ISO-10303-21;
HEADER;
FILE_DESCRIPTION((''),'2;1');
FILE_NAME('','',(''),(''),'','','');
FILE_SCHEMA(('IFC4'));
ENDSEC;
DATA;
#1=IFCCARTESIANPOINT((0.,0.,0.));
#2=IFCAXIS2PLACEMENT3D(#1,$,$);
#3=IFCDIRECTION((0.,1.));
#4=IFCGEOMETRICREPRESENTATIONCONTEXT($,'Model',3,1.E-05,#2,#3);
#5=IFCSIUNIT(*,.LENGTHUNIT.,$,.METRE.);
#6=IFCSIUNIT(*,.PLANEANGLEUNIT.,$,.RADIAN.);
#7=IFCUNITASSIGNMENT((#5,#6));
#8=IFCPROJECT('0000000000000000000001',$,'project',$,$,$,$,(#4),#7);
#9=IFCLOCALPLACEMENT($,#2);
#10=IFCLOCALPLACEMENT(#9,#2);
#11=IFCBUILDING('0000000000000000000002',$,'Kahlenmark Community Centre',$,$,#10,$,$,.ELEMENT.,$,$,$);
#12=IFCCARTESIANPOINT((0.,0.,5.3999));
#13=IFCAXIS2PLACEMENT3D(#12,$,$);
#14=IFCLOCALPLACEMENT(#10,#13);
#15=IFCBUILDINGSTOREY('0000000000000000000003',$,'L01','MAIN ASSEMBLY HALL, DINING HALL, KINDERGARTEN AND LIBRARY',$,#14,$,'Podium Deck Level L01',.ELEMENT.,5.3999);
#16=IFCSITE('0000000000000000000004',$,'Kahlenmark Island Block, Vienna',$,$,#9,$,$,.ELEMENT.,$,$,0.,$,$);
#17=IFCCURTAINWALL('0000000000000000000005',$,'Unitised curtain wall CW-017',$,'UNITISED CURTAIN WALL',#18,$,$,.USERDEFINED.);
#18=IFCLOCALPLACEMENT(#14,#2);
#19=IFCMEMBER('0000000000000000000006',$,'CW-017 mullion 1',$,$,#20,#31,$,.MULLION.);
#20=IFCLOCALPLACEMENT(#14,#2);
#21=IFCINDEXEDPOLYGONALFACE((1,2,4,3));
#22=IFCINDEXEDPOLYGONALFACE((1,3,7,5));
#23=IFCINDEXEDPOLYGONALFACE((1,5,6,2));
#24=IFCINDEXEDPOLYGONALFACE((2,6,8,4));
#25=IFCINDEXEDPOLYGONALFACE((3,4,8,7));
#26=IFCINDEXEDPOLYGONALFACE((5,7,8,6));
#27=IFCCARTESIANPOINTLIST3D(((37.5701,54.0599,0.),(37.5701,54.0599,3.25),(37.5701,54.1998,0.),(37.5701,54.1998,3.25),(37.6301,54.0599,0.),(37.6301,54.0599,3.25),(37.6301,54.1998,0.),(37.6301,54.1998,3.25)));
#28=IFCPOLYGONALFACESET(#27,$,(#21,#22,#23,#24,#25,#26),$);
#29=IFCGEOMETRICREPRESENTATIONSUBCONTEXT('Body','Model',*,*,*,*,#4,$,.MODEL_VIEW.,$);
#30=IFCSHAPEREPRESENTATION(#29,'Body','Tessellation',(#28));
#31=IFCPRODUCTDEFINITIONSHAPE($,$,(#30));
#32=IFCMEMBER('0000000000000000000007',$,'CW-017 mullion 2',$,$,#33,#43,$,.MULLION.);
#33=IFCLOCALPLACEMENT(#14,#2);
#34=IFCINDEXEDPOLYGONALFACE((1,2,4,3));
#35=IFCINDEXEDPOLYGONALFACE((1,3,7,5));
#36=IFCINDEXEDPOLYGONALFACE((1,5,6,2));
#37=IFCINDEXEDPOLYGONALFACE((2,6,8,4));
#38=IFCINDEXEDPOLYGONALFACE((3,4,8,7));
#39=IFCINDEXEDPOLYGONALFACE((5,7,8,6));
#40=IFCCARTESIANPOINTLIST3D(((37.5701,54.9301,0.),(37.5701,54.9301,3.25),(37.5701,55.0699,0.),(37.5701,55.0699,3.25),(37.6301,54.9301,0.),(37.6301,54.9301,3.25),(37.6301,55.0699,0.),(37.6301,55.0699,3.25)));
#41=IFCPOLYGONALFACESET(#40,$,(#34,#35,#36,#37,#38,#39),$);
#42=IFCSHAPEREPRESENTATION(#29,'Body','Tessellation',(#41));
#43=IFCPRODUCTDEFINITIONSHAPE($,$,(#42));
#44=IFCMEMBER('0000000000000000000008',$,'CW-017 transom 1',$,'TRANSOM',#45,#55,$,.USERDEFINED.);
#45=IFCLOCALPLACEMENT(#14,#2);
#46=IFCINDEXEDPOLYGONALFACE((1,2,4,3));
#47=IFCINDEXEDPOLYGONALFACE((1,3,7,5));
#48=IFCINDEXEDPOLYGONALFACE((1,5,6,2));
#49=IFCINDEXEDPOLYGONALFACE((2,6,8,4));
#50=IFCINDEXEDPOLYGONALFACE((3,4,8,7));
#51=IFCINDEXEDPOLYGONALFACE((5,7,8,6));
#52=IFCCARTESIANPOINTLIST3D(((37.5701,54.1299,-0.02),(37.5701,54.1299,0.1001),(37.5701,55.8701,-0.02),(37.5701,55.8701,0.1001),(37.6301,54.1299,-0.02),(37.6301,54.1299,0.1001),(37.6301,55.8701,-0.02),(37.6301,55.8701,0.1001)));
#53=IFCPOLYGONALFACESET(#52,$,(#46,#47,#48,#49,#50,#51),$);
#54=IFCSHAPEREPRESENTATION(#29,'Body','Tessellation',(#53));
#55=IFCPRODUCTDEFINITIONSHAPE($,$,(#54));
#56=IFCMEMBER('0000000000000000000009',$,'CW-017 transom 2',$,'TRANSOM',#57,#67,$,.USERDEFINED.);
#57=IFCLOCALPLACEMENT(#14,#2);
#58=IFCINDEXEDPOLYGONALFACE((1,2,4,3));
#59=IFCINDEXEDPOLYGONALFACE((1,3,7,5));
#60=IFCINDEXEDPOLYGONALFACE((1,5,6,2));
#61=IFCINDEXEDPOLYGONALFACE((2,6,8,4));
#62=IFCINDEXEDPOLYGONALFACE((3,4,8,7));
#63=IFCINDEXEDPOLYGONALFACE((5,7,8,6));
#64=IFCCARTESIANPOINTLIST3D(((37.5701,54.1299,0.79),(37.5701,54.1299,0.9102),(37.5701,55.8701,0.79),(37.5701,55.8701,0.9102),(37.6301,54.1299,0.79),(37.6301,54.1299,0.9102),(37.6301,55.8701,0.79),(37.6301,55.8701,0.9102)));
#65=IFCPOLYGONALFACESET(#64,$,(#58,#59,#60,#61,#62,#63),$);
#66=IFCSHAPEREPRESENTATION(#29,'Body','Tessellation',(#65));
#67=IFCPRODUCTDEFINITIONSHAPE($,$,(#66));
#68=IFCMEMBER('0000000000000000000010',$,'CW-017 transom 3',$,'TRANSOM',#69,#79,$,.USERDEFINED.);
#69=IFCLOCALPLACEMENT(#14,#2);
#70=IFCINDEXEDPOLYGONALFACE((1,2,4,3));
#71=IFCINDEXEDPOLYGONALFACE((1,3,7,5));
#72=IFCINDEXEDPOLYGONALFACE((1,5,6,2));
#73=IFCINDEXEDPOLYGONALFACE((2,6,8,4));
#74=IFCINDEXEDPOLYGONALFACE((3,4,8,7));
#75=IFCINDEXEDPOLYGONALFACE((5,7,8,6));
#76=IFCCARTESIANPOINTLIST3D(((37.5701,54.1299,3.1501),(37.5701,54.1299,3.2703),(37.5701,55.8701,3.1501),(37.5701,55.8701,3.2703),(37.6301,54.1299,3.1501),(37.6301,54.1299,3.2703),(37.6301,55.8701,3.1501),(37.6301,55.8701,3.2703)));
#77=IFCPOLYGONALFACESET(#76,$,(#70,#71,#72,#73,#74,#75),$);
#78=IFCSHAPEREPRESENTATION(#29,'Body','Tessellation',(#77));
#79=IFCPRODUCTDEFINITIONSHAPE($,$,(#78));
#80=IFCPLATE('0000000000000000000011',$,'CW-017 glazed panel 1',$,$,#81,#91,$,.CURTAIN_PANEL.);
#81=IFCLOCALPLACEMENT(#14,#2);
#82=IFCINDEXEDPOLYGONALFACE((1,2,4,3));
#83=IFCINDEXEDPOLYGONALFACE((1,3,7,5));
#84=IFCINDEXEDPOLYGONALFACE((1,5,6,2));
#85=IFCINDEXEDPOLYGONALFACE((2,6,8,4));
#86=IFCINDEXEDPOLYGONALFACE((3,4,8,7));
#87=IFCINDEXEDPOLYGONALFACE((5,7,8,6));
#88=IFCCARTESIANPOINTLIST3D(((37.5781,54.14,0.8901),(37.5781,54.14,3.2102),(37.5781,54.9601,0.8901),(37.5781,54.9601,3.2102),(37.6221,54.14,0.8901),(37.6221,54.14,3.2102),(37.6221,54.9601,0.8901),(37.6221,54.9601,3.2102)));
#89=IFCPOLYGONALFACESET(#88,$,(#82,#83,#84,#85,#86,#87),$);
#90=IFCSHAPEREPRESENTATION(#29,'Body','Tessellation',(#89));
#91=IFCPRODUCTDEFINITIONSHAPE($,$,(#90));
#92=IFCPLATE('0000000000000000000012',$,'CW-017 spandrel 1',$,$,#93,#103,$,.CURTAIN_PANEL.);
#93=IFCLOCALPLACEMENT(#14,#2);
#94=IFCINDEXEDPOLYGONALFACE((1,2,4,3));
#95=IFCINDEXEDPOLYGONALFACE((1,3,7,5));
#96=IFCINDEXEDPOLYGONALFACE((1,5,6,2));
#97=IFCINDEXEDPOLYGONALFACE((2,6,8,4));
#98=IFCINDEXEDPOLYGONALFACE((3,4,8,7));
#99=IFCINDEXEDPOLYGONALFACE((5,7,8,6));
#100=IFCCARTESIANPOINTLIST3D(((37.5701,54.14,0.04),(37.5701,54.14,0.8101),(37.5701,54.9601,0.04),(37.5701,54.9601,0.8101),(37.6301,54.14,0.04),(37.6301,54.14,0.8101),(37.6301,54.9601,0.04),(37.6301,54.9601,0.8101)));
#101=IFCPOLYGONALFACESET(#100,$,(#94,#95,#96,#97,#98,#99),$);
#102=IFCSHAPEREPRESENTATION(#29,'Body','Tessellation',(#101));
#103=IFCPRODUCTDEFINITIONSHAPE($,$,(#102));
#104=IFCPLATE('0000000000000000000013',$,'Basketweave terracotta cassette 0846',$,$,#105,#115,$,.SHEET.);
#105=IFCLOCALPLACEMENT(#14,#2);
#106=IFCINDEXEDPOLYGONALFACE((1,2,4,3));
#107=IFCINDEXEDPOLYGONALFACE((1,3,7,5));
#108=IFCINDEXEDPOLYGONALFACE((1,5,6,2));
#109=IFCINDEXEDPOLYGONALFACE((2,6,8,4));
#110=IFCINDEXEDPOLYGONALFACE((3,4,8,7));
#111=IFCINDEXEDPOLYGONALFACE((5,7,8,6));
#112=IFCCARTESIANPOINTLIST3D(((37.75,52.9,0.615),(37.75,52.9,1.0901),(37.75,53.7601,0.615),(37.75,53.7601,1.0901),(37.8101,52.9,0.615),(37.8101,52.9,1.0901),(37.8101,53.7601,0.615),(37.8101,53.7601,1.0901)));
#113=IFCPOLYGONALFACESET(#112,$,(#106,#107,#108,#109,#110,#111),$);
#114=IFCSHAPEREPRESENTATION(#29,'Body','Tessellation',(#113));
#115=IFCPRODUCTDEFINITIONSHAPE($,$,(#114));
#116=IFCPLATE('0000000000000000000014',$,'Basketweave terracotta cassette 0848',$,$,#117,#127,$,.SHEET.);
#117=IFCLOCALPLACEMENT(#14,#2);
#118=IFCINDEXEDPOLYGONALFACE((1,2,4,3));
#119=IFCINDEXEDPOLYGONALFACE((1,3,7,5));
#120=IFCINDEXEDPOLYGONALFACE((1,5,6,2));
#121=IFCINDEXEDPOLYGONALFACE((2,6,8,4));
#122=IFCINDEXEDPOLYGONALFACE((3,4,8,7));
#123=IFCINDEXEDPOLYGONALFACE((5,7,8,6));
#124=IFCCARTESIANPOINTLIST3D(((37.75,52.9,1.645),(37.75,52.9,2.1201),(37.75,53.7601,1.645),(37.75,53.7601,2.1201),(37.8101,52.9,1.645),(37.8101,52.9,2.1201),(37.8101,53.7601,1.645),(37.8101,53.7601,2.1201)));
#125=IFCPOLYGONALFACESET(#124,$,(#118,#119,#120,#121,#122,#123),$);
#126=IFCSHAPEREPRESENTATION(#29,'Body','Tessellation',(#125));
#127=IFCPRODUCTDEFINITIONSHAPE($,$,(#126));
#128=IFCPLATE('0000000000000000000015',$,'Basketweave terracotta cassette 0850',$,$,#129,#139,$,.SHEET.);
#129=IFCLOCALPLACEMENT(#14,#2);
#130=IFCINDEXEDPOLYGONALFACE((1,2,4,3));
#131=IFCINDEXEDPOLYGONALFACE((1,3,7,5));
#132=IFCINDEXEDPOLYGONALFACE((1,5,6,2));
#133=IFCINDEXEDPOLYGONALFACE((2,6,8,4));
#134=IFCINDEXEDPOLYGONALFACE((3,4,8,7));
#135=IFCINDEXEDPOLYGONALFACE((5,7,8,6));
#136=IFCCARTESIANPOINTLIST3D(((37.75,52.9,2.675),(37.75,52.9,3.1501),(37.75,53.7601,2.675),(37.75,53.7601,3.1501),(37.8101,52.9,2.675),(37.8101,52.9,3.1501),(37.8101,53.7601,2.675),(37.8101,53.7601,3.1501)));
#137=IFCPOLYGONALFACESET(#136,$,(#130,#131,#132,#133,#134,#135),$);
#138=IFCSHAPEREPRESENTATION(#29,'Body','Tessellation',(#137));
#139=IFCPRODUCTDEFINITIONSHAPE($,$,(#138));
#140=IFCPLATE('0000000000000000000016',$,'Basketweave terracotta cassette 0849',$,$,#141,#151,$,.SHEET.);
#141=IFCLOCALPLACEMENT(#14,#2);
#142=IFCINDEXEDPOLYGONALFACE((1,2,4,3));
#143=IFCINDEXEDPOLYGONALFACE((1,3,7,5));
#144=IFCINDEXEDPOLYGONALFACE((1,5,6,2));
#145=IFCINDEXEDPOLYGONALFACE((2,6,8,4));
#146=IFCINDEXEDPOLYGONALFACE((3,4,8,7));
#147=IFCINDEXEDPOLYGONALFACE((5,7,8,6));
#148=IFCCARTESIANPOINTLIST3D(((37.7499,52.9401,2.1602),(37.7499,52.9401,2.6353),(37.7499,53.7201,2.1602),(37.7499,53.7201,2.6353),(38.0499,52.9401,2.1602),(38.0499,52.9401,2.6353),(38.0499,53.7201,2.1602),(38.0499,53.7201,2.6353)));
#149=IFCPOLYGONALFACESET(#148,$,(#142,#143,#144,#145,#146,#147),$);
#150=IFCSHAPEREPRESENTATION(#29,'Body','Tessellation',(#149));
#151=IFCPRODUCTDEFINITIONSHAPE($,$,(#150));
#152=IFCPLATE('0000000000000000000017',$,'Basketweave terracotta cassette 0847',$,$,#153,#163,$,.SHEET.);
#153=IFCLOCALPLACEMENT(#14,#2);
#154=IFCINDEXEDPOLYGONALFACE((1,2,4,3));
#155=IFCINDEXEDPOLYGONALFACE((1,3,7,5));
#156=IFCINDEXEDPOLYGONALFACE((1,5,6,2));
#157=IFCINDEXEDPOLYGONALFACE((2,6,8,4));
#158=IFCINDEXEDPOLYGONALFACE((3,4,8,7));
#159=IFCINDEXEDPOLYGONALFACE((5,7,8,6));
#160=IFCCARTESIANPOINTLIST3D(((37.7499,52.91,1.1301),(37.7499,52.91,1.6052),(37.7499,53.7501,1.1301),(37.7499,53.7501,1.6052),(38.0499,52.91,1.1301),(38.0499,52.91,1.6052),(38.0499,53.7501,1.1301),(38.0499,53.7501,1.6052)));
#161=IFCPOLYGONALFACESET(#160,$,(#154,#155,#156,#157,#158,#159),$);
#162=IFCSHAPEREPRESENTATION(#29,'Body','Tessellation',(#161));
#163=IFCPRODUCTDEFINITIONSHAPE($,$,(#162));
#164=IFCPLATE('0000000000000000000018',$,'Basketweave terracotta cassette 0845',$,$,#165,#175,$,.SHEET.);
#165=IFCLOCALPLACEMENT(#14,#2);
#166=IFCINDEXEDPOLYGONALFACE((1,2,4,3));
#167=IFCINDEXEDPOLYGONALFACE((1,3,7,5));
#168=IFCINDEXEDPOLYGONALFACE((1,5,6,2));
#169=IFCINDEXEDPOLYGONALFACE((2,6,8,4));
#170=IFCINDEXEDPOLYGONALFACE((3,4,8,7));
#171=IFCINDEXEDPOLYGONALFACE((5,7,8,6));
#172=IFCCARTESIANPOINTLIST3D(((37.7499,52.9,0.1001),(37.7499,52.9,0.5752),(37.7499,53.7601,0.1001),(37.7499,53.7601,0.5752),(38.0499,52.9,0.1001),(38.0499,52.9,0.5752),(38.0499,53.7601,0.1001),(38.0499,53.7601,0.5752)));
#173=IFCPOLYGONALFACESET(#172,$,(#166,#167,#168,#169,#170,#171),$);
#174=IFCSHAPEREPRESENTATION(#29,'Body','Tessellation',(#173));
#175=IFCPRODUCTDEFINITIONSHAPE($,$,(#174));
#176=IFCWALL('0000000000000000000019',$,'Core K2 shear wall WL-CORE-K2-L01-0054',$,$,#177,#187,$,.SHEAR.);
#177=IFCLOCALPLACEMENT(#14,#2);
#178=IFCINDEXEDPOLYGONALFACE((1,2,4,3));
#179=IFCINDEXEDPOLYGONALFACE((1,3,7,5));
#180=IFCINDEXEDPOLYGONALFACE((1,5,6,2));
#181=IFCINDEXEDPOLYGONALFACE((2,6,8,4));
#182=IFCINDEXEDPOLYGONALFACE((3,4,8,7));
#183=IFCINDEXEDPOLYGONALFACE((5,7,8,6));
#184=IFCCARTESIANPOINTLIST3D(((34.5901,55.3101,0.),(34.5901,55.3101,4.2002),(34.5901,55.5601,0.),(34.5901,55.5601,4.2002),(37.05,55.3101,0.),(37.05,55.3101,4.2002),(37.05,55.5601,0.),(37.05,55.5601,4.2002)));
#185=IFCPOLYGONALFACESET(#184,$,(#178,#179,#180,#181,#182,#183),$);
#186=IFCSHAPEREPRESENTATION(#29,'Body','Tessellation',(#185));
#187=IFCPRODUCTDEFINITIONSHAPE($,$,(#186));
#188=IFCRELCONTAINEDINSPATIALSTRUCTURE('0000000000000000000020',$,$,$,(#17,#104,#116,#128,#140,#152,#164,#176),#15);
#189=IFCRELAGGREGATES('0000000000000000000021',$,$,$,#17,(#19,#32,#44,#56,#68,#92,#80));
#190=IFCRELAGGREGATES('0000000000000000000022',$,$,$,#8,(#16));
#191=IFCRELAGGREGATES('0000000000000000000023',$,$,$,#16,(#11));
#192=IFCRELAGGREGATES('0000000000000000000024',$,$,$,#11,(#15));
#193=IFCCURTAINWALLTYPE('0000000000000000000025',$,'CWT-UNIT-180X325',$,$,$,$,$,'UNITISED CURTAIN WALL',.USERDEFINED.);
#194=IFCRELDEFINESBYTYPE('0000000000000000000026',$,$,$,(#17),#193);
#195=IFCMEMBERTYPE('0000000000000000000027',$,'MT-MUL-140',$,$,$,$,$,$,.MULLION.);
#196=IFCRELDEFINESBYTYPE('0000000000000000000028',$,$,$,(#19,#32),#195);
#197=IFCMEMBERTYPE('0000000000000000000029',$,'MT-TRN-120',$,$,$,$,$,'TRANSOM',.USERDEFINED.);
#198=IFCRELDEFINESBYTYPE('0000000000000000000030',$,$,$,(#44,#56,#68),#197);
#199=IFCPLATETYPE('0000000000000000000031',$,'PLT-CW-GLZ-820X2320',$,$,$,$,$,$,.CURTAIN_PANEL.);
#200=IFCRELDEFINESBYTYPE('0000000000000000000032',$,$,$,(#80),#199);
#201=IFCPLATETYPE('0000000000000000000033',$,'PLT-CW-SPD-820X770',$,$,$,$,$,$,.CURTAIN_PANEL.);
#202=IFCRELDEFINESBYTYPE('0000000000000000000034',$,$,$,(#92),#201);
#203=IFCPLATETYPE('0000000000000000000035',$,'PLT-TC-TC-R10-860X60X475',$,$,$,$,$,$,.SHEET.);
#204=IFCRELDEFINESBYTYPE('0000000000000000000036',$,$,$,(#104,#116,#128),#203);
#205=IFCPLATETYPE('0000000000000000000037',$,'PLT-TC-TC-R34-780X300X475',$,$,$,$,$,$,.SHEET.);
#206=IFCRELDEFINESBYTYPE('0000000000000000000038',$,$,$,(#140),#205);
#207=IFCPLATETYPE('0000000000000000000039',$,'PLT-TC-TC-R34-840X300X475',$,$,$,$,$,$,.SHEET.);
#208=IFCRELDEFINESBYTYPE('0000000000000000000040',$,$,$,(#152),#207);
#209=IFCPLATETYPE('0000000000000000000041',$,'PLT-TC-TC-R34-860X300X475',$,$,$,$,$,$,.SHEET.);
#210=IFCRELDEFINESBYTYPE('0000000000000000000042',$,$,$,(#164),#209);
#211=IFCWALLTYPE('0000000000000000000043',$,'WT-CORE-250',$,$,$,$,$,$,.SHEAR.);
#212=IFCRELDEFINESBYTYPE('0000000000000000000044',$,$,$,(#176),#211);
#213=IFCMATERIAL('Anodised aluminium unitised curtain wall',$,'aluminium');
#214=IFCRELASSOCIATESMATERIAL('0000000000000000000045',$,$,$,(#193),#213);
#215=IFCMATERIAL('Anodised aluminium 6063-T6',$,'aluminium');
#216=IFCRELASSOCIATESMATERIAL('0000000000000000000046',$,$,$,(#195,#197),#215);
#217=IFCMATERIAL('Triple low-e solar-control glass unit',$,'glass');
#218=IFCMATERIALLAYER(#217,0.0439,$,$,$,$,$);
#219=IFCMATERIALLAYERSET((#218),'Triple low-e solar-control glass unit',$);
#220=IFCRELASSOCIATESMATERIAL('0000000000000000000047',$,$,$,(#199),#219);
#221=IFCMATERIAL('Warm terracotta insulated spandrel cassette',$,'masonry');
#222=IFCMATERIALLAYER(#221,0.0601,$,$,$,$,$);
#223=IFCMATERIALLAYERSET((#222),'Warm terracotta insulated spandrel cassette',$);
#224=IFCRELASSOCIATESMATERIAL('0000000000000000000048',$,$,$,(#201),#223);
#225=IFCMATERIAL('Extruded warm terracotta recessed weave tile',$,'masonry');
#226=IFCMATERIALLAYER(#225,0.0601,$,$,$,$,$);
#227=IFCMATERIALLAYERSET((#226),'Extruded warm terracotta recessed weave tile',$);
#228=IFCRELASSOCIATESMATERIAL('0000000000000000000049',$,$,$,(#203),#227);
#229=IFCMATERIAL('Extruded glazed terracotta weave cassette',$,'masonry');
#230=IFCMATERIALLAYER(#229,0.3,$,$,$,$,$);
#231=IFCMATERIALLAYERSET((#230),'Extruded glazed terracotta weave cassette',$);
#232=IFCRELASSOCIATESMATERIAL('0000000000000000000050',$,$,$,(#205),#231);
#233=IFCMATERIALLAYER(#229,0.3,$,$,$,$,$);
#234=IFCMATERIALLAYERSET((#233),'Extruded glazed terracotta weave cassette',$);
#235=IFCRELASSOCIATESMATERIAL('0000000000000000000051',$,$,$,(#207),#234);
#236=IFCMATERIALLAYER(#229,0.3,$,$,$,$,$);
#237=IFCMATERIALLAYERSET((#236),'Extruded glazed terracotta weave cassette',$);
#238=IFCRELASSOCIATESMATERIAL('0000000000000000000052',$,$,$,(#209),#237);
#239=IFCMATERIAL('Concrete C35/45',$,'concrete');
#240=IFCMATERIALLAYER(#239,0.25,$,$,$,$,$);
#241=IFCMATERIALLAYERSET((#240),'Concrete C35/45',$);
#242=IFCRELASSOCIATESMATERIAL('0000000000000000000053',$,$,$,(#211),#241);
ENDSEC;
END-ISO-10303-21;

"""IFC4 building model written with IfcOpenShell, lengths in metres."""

from ifc_helpers import new_model, si_unit, direction, frame, frame_2d, origin, origin_2d, place, context, subcontext, project, spatial, rectangle, extrude, material, layer, layer_set, material_profile, profile_set, type_object, element, aggregate, save


model = new_model("IFC4")

# Units and contexts
model_context = context("Model", 3, precision=1e-05, world=origin(), true_north=direction((0.0, 1.0)))
body_context = subcontext(model_context, "Body", "Model", "MODEL_VIEW")
ifc_project = project(units=[si_unit("LENGTHUNIT", "METRE"), si_unit("PLANEANGLEUNIT", "RADIAN")], contexts=[model_context])

# Site, building, storey
site_placement = place(None, origin())
site = spatial("IfcSite", under=ifc_project, at=site_placement, Name="Kahlenmark Island Block, Vienna", CompositionType="ELEMENT", RefElevation=0.0)
building_placement = place(site_placement, origin())
building = spatial("IfcBuilding", under=site, at=building_placement, Name="Kahlenmark Community Centre", CompositionType="ELEMENT")
storey_placement = place(building_placement, frame((0.0, 0.0, 5.3999)))
storey = spatial("IfcBuildingStorey", under=building, at=storey_placement, Name="L01", Description="MAIN ASSEMBLY HALL, DINING HALL, KINDERGARTEN AND LIBRARY", LongName="Podium Deck Level L01", CompositionType="ELEMENT", Elevation=5.3999)

# Curtain wall, members, plates
ifc_material_1 = material(Name="Anodised aluminium unitised curtain wall", Category="aluminium")
curtain_wall_type = type_object("IfcCurtainWallType", Name="CWT-UNIT-180X325", ElementType="UNITISED CURTAIN WALL", PredefinedType="USERDEFINED", material=ifc_material_1)
curtain_wall_placement = place(storey_placement, origin())
curtain_wall = element("IfcCurtainWall", 1, at=curtain_wall_placement, inside=storey, type_object=curtain_wall_type, Name="Unitised curtain wall CW-017", ObjectType="UNITISED CURTAIN WALL", PredefinedType="USERDEFINED")
ifc_material_2 = material(Name="Anodised aluminium 6063-T6", Category="aluminium")
ifc_material_profile_1 = material_profile(ifc_material_2, rectangle(XDim=0.0601, YDim=0.1399, at=origin_2d()), Name="ALU MULLION 60x140")
ifc_profile_set_1 = profile_set([ifc_material_profile_1], Name="Anodised aluminium 6063-T6")
member_type_1 = type_object("IfcMemberType", Name="MT-MUL-140", PredefinedType="MULLION", material=ifc_profile_set_1)
member_1_placement = place(storey_placement, frame((37.6001, 54.1299, 0.0), z_axis=(0.0, 0.0, 1.0), x_axis=(-1.0, 0.0, 0.0)))
member_1 = element("IfcMember", 2, at=member_1_placement, type_object=member_type_1, Name="CW-017 mullion 1", PredefinedType="MULLION", context=body_context, shape_type="SweptSolid", body=[
    extrude(rectangle(XDim=0.0601, YDim=0.1399, at=origin_2d()), origin(), (0.0, 0.0, 1.0), 3.25),
])
member_2_placement = place(storey_placement, frame((37.6001, 55.0, 0.0), z_axis=(0.0, 0.0, 1.0), x_axis=(-1.0, 0.0, 0.0)))
member_2 = element("IfcMember", 3, at=member_2_placement, type_object=member_type_1, Name="CW-017 mullion 2", PredefinedType="MULLION", context=body_context, shape_type="SweptSolid", body=[
    extrude(rectangle(XDim=0.0601, YDim=0.1399, at=origin_2d()), origin(), (0.0, 0.0, 1.0), 3.25),
])
ifc_material_profile_2 = material_profile(ifc_material_2, rectangle(XDim=0.0601, YDim=0.1201, at=origin_2d()), Name="ALU TRANSOM 60x120")
ifc_profile_set_2 = profile_set([ifc_material_profile_2], Name="Anodised aluminium 6063-T6")
member_type_2 = type_object("IfcMemberType", Name="MT-TRN-120", ElementType="TRANSOM", PredefinedType="USERDEFINED", material=ifc_profile_set_2)
member_3_placement = place(storey_placement, frame((37.6001, 54.1299, 0.04), z_axis=(0.0, 1.0, 0.0), x_axis=(-1.0, 0.0, 0.0)))
member_3 = element("IfcMember", 4, at=member_3_placement, type_object=member_type_2, Name="CW-017 transom 1", ObjectType="TRANSOM", PredefinedType="USERDEFINED", context=body_context, shape_type="SweptSolid", body=[
    extrude(rectangle(XDim=0.0601, YDim=0.1201, at=origin_2d()), origin(), (0.0, 0.0, 1.0), 1.7402),
])
member_4_placement = place(storey_placement, frame((37.6001, 54.1299, 0.8501), z_axis=(0.0, 1.0, 0.0), x_axis=(-1.0, 0.0, 0.0)))
member_4 = element("IfcMember", 5, at=member_4_placement, type_object=member_type_2, Name="CW-017 transom 2", ObjectType="TRANSOM", PredefinedType="USERDEFINED", context=body_context, shape_type="SweptSolid", body=[
    extrude(rectangle(XDim=0.0601, YDim=0.1201, at=origin_2d()), origin(), (0.0, 0.0, 1.0), 1.7402),
])
member_5_placement = place(storey_placement, frame((37.6001, 54.1299, 3.2102), z_axis=(0.0, 1.0, 0.0), x_axis=(-1.0, 0.0, 0.0)))
member_5 = element("IfcMember", 6, at=member_5_placement, type_object=member_type_2, Name="CW-017 transom 3", ObjectType="TRANSOM", PredefinedType="USERDEFINED", context=body_context, shape_type="SweptSolid", body=[
    extrude(rectangle(XDim=0.0601, YDim=0.1201, at=origin_2d()), origin(), (0.0, 0.0, 1.0), 1.7402),
])
ifc_material_3 = material(Name="Triple low-e solar-control glass unit", Category="glass")
ifc_layer_1 = layer(ifc_material_3, 0.0439)
ifc_layer_set_1 = layer_set([ifc_layer_1], Name="Triple low-e solar-control glass unit")
plate_type_1 = type_object("IfcPlateType", Name="PLT-CW-GLZ-820X2320", PredefinedType="CURTAIN_PANEL", material=ifc_layer_set_1)
plate_1_placement = place(storey_placement, frame((37.6001, 54.55, 0.8901), z_axis=(0.0, 0.0, 1.0), x_axis=(0.0, 1.0, 0.0)))
plate_1 = element("IfcPlate", 7, at=plate_1_placement, type_object=plate_type_1, Name="CW-017 glazed panel 1", PredefinedType="CURTAIN_PANEL", context=body_context, shape_type="SweptSolid", body=[
    extrude(rectangle(XDim=0.8201, YDim=0.0439, at=origin_2d()), origin(), (0.0, 0.0, 1.0), 2.3201),
])
ifc_material_4 = material(Name="Warm terracotta insulated spandrel cassette", Category="masonry")
ifc_layer_2 = layer(ifc_material_4, 0.0601)
ifc_layer_set_2 = layer_set([ifc_layer_2], Name="Warm terracotta insulated spandrel cassette")
plate_type_2 = type_object("IfcPlateType", Name="PLT-CW-SPD-820X770", PredefinedType="CURTAIN_PANEL", material=ifc_layer_set_2)
plate_2_placement = place(storey_placement, frame((37.6001, 54.55, 0.04), z_axis=(0.0, 0.0, 1.0), x_axis=(0.0, 1.0, 0.0)))
plate_2 = element("IfcPlate", 8, at=plate_2_placement, type_object=plate_type_2, Name="CW-017 spandrel 1", PredefinedType="CURTAIN_PANEL", context=body_context, shape_type="SweptSolid", body=[
    extrude(rectangle(XDim=0.8201, YDim=0.0601, at=origin_2d()), origin(), (0.0, 0.0, 1.0), 0.77),
])
aggregate(curtain_wall, [member_1, member_2, member_3, member_4, member_5, plate_2, plate_1])

# Plates
ifc_material_5 = material(Name="Extruded warm terracotta recessed weave tile", Category="masonry")
ifc_layer_3 = layer(ifc_material_5, 0.0601)
ifc_layer_set_3 = layer_set([ifc_layer_3], Name="Extruded warm terracotta recessed weave tile")
plate_type_3 = type_object("IfcPlateType", Name="PLT-TC-TC-R10-860X60X475", PredefinedType="SHEET", material=ifc_layer_set_3)
for number, where, z_axis, x_axis, name in (
    (9, (37.78, 53.3301, 0.615), (0.0, 0.0, 1.0), (0.0, 1.0, 0.0), "Basketweave terracotta cassette 0846"),
    (10, (37.78, 53.3301, 1.645), (0.0, 0.0, 1.0), (0.0, 1.0, 0.0), "Basketweave terracotta cassette 0848"),
    (11, (37.78, 53.3301, 2.675), (0.0, 0.0, 1.0), (0.0, 1.0, 0.0), "Basketweave terracotta cassette 0850"),
):
    element("IfcPlate", number, at=place(storey_placement, frame(where, z_axis=z_axis, x_axis=x_axis)), inside=storey, type_object=plate_type_3, Name=name, PredefinedType="SHEET", context=body_context, shape_type="SweptSolid", body=[
        extrude(rectangle(XDim=0.8601, YDim=0.0601, at=origin_2d()), origin(), (0.0, 0.0, 1.0), 0.4751),
    ])
ifc_material_6 = material(Name="Extruded glazed terracotta weave cassette", Category="masonry")
ifc_layer_4 = layer(ifc_material_6, 0.3)
ifc_layer_set_4 = layer_set([ifc_layer_4], Name="Extruded glazed terracotta weave cassette")
plate_type_4 = type_object("IfcPlateType", Name="PLT-TC-TC-R34-780X300X475", PredefinedType="SHEET", material=ifc_layer_set_4)
plate_3_placement = place(storey_placement, frame((37.8999, 53.3301, 2.1602), z_axis=(0.0, 0.0, 1.0), x_axis=(0.0, 1.0, 0.0)))
element("IfcPlate", 12, at=plate_3_placement, inside=storey, type_object=plate_type_4, Name="Basketweave terracotta cassette 0849", PredefinedType="SHEET", context=body_context, shape_type="SweptSolid", body=[
    extrude(rectangle(XDim=0.78, YDim=0.3, at=origin_2d()), origin(), (0.0, 0.0, 1.0), 0.4751),
])
ifc_layer_5 = layer(ifc_material_6, 0.3)
ifc_layer_set_5 = layer_set([ifc_layer_5], Name="Extruded glazed terracotta weave cassette")
plate_type_5 = type_object("IfcPlateType", Name="PLT-TC-TC-R34-840X300X475", PredefinedType="SHEET", material=ifc_layer_set_5)
plate_4_placement = place(storey_placement, frame((37.8999, 53.3301, 1.1301), z_axis=(0.0, 0.0, 1.0), x_axis=(0.0, 1.0, 0.0)))
element("IfcPlate", 13, at=plate_4_placement, inside=storey, type_object=plate_type_5, Name="Basketweave terracotta cassette 0847", PredefinedType="SHEET", context=body_context, shape_type="SweptSolid", body=[
    extrude(rectangle(XDim=0.8401, YDim=0.3, at=origin_2d()), origin(), (0.0, 0.0, 1.0), 0.4751),
])
ifc_layer_6 = layer(ifc_material_6, 0.3)
ifc_layer_set_6 = layer_set([ifc_layer_6], Name="Extruded glazed terracotta weave cassette")
plate_type_6 = type_object("IfcPlateType", Name="PLT-TC-TC-R34-860X300X475", PredefinedType="SHEET", material=ifc_layer_set_6)
plate_5_placement = place(storey_placement, frame((37.8999, 53.3301, 0.1001), z_axis=(0.0, 0.0, 1.0), x_axis=(0.0, 1.0, 0.0)))
element("IfcPlate", 14, at=plate_5_placement, inside=storey, type_object=plate_type_6, Name="Basketweave terracotta cassette 0845", PredefinedType="SHEET", context=body_context, shape_type="SweptSolid", body=[
    extrude(rectangle(XDim=0.8601, YDim=0.3, at=origin_2d()), origin(), (0.0, 0.0, 1.0), 0.4751),
])

# Wall
ifc_material_7 = material(Name="Concrete C35/45", Category="concrete")
ifc_layer_7 = layer(ifc_material_7, 0.25)
ifc_layer_set_7 = layer_set([ifc_layer_7], Name="Concrete C35/45")
wall_type = type_object("IfcWallType", Name="WT-CORE-250", PredefinedType="SHEAR", material=ifc_layer_set_7)
wall_1_placement = place(storey_placement, frame((34.5901, 55.4351, 0.0), z_axis=(0.0, 0.0, 1.0), x_axis=(1.0, 0.0, 0.0)))
element("IfcWall", 15, at=wall_1_placement, inside=storey, type_object=wall_type, Name="Core K2 shear wall WL-CORE-K2-L01-0054", PredefinedType="SHEAR", context=body_context, shape_type="SweptSolid", body=[
    extrude(rectangle(XDim=2.46, YDim=0.25, at=frame_2d((1.23, 0.0))), origin(), (0.0, 0.0, 1.0), 4.2002),
])

save(model, "model.ifc")
